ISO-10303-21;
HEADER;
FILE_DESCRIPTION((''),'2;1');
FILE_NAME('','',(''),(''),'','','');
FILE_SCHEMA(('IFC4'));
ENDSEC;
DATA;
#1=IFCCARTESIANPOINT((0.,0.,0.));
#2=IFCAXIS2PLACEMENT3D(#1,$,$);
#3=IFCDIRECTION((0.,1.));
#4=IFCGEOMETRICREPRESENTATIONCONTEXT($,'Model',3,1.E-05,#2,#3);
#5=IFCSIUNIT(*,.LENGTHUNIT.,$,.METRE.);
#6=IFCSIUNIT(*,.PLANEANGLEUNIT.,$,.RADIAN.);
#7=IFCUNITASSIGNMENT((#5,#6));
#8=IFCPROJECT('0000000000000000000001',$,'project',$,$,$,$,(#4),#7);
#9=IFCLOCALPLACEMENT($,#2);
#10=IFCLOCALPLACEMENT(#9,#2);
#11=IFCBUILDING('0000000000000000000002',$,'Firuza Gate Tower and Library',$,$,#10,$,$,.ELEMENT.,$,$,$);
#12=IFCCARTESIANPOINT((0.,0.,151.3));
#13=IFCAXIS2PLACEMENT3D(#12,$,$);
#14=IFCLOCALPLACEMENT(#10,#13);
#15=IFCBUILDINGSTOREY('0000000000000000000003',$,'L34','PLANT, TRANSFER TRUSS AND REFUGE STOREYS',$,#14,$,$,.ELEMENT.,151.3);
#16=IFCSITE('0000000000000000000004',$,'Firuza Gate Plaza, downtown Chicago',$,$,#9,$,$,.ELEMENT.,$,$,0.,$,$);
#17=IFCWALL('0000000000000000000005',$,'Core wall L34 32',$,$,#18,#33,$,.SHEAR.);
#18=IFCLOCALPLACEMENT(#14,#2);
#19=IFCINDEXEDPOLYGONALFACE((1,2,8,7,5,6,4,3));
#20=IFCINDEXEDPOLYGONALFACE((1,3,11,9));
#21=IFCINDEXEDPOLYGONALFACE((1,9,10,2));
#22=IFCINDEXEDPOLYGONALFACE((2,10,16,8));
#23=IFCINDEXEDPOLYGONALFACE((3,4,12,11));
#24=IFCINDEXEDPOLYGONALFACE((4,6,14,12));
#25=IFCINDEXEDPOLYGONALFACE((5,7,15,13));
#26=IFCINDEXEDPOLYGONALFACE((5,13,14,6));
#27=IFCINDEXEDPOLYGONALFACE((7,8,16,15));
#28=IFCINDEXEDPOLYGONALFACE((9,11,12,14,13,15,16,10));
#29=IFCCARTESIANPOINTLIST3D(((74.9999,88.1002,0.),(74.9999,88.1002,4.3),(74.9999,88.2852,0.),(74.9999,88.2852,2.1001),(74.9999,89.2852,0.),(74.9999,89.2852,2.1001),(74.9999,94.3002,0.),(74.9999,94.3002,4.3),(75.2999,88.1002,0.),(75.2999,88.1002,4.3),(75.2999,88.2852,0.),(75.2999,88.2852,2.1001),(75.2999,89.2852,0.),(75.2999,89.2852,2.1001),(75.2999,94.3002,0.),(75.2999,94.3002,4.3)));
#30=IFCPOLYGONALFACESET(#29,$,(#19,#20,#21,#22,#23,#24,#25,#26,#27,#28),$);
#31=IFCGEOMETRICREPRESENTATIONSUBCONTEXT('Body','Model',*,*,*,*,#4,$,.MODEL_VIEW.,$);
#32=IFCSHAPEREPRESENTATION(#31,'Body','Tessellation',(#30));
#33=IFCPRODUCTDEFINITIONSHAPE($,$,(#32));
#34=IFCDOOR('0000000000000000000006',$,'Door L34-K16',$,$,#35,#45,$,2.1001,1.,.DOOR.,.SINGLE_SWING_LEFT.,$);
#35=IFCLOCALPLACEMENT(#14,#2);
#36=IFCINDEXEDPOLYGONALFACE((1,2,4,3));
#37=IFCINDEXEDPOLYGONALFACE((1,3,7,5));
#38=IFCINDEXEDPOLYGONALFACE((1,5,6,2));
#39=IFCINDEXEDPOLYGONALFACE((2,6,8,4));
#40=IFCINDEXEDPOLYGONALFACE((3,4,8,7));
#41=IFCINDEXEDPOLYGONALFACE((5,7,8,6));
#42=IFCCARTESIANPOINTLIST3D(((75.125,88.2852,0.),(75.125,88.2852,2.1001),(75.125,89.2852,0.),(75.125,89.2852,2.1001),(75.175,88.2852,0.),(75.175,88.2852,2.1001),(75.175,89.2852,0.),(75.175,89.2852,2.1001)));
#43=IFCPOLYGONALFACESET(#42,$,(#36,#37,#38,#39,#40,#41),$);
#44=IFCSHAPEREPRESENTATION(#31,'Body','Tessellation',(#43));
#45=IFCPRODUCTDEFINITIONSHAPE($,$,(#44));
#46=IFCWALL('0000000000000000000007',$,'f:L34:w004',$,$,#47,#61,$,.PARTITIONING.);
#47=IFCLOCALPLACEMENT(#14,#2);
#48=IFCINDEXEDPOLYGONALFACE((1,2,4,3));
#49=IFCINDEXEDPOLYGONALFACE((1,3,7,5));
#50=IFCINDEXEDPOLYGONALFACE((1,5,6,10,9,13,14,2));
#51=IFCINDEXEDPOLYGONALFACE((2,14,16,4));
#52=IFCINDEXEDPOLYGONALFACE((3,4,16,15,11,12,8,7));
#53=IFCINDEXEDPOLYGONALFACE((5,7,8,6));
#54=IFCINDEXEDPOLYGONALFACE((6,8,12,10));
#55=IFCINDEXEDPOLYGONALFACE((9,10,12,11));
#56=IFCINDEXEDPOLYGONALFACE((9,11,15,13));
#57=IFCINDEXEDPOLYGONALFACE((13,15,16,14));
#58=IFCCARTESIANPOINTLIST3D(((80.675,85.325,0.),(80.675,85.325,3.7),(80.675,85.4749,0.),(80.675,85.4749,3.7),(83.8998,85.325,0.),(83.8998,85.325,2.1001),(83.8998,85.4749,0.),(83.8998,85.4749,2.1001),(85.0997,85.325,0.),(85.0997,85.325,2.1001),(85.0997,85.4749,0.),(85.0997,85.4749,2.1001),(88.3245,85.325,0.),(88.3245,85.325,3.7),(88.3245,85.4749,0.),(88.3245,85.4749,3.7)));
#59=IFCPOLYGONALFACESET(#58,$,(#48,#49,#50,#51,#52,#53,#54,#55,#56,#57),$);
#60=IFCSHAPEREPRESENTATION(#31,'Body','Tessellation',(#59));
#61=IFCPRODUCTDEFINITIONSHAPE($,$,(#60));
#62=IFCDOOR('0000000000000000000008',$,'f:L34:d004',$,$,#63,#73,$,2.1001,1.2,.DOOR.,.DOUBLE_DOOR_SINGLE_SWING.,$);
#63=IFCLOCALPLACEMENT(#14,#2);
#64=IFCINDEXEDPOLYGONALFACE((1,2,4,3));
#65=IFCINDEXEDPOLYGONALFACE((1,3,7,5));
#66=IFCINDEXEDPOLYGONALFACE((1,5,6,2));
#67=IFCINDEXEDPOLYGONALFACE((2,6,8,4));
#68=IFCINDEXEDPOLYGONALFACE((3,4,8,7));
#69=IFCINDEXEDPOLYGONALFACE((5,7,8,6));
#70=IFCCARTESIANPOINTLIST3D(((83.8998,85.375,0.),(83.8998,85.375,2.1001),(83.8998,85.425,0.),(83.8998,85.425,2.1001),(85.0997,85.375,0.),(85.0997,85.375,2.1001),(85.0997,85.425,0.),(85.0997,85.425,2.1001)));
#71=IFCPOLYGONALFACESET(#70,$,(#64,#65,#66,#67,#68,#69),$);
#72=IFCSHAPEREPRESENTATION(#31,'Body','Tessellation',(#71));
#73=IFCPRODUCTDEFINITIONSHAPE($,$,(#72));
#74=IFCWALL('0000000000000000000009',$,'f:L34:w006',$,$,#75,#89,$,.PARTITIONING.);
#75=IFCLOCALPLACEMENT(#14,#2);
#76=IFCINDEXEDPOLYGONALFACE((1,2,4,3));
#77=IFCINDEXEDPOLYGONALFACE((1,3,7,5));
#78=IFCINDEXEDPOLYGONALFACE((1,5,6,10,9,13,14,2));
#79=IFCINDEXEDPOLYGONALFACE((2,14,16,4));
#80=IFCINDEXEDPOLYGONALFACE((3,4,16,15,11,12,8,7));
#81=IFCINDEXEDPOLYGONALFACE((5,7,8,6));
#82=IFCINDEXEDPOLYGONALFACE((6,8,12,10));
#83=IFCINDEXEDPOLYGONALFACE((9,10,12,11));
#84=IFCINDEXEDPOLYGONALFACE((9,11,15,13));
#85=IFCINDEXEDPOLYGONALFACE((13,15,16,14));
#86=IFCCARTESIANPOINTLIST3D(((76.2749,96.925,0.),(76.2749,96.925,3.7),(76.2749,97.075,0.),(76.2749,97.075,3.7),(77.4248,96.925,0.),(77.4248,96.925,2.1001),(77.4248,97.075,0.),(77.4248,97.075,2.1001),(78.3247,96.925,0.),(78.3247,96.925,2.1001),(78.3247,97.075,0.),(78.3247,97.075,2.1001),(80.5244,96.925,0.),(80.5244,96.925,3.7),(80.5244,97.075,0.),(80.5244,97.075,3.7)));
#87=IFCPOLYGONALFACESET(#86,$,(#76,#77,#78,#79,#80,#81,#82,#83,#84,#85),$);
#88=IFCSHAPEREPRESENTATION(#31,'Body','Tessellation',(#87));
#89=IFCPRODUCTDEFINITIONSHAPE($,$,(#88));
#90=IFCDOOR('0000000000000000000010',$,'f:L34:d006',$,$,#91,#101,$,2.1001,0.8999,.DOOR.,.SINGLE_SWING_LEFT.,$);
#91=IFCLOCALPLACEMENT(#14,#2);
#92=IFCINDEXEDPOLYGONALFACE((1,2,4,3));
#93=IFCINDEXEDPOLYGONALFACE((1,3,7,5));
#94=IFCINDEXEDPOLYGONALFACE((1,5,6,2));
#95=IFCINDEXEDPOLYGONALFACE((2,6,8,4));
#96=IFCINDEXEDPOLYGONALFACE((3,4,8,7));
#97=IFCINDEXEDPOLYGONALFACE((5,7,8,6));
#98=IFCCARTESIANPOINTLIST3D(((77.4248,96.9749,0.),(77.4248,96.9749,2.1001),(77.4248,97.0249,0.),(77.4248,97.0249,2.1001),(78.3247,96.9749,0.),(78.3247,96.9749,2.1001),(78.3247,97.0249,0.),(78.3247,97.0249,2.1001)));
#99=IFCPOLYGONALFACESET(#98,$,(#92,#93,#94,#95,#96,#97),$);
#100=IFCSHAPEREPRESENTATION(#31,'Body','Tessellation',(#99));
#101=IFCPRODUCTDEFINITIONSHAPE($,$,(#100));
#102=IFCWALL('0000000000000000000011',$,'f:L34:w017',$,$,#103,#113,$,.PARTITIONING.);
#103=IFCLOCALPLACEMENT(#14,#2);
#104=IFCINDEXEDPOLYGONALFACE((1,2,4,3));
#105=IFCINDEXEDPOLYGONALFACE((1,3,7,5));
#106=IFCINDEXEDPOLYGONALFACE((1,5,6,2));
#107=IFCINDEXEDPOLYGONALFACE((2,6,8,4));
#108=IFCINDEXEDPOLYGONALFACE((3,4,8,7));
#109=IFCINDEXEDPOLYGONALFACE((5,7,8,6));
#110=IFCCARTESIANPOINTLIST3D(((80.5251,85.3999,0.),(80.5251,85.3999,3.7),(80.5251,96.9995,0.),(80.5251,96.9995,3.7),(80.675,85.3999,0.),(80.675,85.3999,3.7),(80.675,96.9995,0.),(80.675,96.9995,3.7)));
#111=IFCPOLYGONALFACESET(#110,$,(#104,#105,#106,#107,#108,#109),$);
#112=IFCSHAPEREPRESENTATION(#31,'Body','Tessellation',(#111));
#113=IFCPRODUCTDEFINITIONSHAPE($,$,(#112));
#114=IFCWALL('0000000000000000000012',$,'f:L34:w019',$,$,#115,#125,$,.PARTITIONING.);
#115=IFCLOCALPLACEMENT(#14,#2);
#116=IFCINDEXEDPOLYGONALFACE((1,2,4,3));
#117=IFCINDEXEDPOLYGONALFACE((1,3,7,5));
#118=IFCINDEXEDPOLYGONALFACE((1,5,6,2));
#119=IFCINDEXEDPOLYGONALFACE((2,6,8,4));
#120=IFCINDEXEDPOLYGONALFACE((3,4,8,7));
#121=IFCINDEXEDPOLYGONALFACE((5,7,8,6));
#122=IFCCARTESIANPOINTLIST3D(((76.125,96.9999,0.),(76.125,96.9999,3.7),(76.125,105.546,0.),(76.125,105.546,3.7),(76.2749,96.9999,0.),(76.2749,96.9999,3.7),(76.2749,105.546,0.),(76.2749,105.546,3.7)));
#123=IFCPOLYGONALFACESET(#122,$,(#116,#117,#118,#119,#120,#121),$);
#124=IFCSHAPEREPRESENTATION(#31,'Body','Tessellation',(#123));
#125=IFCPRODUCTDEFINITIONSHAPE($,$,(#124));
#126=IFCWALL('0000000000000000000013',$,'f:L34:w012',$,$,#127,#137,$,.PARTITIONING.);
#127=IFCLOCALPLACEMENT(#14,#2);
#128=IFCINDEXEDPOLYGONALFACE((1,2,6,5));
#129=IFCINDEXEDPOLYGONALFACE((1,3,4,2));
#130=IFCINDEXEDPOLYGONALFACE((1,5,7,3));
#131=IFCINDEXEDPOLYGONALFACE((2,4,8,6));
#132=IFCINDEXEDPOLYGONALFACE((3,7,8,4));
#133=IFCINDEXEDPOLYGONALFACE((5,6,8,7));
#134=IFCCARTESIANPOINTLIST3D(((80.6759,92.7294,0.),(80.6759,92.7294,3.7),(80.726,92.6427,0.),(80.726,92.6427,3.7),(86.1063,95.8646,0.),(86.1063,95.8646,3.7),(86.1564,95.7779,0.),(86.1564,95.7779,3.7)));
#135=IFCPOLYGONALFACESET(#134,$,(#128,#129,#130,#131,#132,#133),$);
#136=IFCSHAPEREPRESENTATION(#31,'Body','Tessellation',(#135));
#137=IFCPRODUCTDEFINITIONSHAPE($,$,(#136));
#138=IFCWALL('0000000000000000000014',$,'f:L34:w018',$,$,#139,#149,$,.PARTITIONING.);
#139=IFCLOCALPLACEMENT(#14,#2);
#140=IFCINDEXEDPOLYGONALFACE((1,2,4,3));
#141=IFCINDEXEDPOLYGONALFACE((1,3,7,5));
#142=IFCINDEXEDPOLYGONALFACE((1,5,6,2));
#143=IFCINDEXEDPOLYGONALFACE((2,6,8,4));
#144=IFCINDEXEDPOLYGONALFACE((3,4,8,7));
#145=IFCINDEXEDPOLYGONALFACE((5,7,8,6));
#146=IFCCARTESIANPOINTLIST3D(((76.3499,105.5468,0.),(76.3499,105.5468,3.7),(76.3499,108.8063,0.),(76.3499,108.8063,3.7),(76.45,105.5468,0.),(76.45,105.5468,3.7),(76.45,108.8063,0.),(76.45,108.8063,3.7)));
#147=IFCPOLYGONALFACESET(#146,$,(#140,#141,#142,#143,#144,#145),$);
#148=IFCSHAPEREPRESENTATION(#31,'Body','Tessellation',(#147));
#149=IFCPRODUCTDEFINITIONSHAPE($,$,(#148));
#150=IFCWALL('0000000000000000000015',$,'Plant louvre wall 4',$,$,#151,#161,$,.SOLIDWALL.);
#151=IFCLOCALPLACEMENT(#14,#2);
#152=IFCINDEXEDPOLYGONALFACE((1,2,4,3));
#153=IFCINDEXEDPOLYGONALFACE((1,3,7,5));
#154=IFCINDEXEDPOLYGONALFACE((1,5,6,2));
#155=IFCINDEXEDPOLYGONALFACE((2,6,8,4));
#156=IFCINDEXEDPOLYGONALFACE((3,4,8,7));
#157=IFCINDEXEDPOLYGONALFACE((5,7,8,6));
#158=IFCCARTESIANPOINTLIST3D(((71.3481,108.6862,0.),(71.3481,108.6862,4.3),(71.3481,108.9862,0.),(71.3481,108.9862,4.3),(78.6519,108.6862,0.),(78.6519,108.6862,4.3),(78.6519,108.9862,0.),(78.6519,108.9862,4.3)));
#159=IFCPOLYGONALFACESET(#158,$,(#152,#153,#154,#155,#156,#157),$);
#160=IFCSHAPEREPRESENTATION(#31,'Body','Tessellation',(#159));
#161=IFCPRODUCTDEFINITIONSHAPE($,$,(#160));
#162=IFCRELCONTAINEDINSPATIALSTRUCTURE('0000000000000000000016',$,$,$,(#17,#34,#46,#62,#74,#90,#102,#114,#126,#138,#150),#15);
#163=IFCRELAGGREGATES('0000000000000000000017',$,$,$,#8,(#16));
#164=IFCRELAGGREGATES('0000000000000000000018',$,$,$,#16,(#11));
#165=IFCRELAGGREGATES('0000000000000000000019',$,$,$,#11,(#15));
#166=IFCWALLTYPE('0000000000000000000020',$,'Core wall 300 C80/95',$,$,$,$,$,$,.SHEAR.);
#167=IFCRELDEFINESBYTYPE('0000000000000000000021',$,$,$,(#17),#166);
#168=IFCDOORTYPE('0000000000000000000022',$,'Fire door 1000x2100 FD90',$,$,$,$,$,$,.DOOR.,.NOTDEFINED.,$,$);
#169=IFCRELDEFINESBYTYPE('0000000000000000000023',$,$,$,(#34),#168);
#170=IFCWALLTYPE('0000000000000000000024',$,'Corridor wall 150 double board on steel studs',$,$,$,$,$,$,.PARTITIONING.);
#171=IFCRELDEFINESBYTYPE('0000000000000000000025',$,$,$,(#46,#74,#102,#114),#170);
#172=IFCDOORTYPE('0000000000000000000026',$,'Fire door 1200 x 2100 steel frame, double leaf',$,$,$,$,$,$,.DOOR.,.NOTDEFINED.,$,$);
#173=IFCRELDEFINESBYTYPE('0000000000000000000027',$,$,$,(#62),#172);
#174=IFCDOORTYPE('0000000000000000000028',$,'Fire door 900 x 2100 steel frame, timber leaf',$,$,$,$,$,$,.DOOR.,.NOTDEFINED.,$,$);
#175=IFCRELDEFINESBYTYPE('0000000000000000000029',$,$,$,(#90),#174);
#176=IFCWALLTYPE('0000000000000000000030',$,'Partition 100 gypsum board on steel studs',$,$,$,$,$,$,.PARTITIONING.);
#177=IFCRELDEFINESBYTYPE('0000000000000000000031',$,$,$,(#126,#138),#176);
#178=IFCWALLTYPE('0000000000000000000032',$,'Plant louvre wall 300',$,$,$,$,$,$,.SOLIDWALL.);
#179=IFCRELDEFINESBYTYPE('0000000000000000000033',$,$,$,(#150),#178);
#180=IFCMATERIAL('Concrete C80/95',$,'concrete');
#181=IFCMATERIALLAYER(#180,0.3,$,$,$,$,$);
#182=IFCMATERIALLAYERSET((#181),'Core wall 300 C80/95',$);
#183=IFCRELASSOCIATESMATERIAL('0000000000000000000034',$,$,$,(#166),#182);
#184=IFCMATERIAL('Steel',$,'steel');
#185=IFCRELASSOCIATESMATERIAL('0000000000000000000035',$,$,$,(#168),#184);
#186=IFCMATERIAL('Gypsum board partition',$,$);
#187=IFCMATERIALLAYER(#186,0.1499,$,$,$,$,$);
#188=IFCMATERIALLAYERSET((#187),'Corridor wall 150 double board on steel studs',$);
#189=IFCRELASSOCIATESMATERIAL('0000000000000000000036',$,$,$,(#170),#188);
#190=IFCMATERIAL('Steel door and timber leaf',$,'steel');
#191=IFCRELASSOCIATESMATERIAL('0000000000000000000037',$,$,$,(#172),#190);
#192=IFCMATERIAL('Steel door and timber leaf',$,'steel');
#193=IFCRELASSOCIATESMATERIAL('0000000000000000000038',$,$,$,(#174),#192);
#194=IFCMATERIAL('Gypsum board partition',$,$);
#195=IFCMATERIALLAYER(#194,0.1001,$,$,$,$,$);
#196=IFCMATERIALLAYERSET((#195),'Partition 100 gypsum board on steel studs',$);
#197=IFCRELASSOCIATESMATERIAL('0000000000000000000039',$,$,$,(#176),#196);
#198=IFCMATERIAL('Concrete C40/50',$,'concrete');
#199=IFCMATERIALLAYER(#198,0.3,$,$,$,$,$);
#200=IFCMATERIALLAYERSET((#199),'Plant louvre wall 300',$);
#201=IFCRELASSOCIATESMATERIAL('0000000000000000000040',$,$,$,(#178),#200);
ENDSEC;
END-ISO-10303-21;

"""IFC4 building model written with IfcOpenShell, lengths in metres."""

from ifc_helpers import new_model, si_unit, direction, frame, frame_2d, origin, place, context, subcontext, project, spatial, rectangle, extrude, material, layer, layer_set, type_object, element, fill, save


model = new_model("IFC4")

# Units and contexts
model_context = context("Model", 3, precision=1e-05, world=origin(), true_north=direction((0.0, 1.0)))
body_context = subcontext(model_context, "Body", "Model", "MODEL_VIEW")
ifc_project = project(units=[si_unit("LENGTHUNIT", "METRE"), si_unit("PLANEANGLEUNIT", "RADIAN")], contexts=[model_context])

# Site, building, storey
site_placement = place(None, origin())
site = spatial("IfcSite", under=ifc_project, at=site_placement, Name="Firuza Gate Plaza, downtown Chicago", CompositionType="ELEMENT", RefElevation=0.0)
building_placement = place(site_placement, origin())
building = spatial("IfcBuilding", under=site, at=building_placement, Name="Firuza Gate Tower and Library", CompositionType="ELEMENT")
storey_placement = place(building_placement, frame((0.0, 0.0, 151.3)))
storey = spatial("IfcBuildingStorey", under=building, at=storey_placement, Name="L34", Description="PLANT, TRANSFER TRUSS AND REFUGE STOREYS", CompositionType="ELEMENT", Elevation=151.3)

# Shared definitions
ifc_material_1 = material(Name="Concrete C80/95", Category="concrete")
ifc_layer_1 = layer(ifc_material_1, 0.3)
ifc_layer_set_1 = layer_set([ifc_layer_1], Name="Core wall 300 C80/95")
wall_type_1 = type_object("IfcWallType", Name="Core wall 300 C80/95", PredefinedType="SHEAR", material=ifc_layer_set_1)

# Walls, openings, doors
wall_1_placement = place(storey_placement, frame((75.1499, 88.1001, 0.0), z_axis=(0.0, 0.0, 1.0), x_axis=(0.0, 1.0, 0.0)))
wall_1 = element("IfcWall", 1, at=wall_1_placement, inside=storey, type_object=wall_type_1, Name="Core wall L34 32", PredefinedType="SHEAR", context=body_context, shape_type="SweptSolid", body=[
    extrude(rectangle(XDim=6.2, YDim=0.3, at=frame_2d((3.1001, 0.0))), origin(), (0.0, 0.0, 1.0), 4.3),
])
opening_1_placement = place(wall_1_placement, frame((0.1851, 0.0, 0.0)))
opening_1 = element("IfcOpeningElement", 2, at=opening_1_placement, cuts=wall_1, PredefinedType="OPENING", context=body_context, shape_type="SweptSolid", body=[
    extrude(rectangle(XDim=1.0, YDim=2.1001, at=frame_2d((0.5, 1.05))), frame((0.0, 0.1602, 0.0), z_axis=(0.0, -1.0, 0.0), x_axis=(1.0, 0.0, 0.0)), (0.0, 0.0, 1.0), 0.3201),
])
ifc_material_2 = material(Name="Steel", Category="steel")
door_type_1 = type_object("IfcDoorType", Name="Fire door 1000x2100 FD90", OperationType="NOTDEFINED", PredefinedType="DOOR", material=ifc_material_2)
door_1_placement = place(opening_1_placement, origin())
door_1 = element("IfcDoor", 3, at=door_1_placement, inside=storey, type_object=door_type_1, Name="Door L34-K16", OperationType="SINGLE_SWING_LEFT", OverallHeight=2.1001, OverallWidth=1.0, PredefinedType="DOOR", context=body_context, shape_type="SweptSolid", body=[
    extrude(rectangle(XDim=1.0, YDim=2.1001, at=frame_2d((0.5, 1.05))), frame((0.0, 0.0249, 0.0), z_axis=(0.0, -1.0, 0.0), x_axis=(1.0, 0.0, 0.0)), (0.0, 0.0, 1.0), 0.05),
])
fill(opening_1, door_1)
ifc_material_3 = material(Name="Gypsum board partition")
ifc_layer_2 = layer(ifc_material_3, 0.1499)
ifc_layer_set_2 = layer_set([ifc_layer_2], Name="Corridor wall 150 double board on steel studs")
wall_type_2 = type_object("IfcWallType", Name="Corridor wall 150 double board on steel studs", PredefinedType="PARTITIONING", material=ifc_layer_set_2)
wall_2_placement = place(storey_placement, frame((88.3245, 85.3999, 0.0), z_axis=(0.0, 0.0, 1.0), x_axis=(-1.0, 0.0, 0.0)))
wall_2 = element("IfcWall", 4, at=wall_2_placement, inside=storey, type_object=wall_type_2, Name="f:L34:w004", PredefinedType="PARTITIONING", context=body_context, shape_type="SweptSolid", body=[
    extrude(rectangle(XDim=7.6494, YDim=0.1499, at=frame_2d((3.8247, 0.0))), origin(), (0.0, 0.0, 1.0), 3.7),
])
opening_2_placement = place(wall_2_placement, frame((3.2246, 0.0, 0.0)))
opening_2 = element("IfcOpeningElement", 5, at=opening_2_placement, cuts=wall_2, PredefinedType="OPENING", context=body_context, shape_type="SweptSolid", body=[
    extrude(rectangle(XDim=1.2, YDim=2.1001, at=frame_2d((0.6001, 1.05))), frame((0.0, 0.085, 0.0), z_axis=(0.0, -1.0, 0.0), x_axis=(1.0, 0.0, 0.0)), (0.0, 0.0, 1.0), 0.1699),
])
ifc_material_4 = material(Name="Steel door and timber leaf", Category="steel")
door_type_2 = type_object("IfcDoorType", Name="Fire door 1200 x 2100 steel frame, double leaf", OperationType="NOTDEFINED", PredefinedType="DOOR", material=ifc_material_4)
door_2_placement = place(opening_2_placement, origin())
door_2 = element("IfcDoor", 6, at=door_2_placement, inside=storey, type_object=door_type_2, Name="f:L34:d004", OperationType="DOUBLE_DOOR_SINGLE_SWING", OverallHeight=2.1001, OverallWidth=1.2, PredefinedType="DOOR", context=body_context, shape_type="SweptSolid", body=[
    extrude(rectangle(XDim=1.2, YDim=2.1001, at=frame_2d((0.6001, 1.05))), frame((0.0, 0.0249, 0.0), z_axis=(0.0, -1.0, 0.0), x_axis=(1.0, 0.0, 0.0)), (0.0, 0.0, 1.0), 0.05),
])
fill(opening_2, door_2)
wall_3_placement = place(storey_placement, frame((76.2749, 97.0, 0.0), z_axis=(0.0, 0.0, 1.0), x_axis=(1.0, 0.0, 0.0)))
wall_3 = element("IfcWall", 7, at=wall_3_placement, inside=storey, type_object=wall_type_2, Name="f:L34:w006", PredefinedType="PARTITIONING", context=body_context, shape_type="SweptSolid", body=[
    extrude(rectangle(XDim=4.2495, YDim=0.1499, at=frame_2d((2.1248, 0.0))), origin(), (0.0, 0.0, 1.0), 3.7),
])
opening_3_placement = place(wall_3_placement, frame((1.1499, 0.0, 0.0)))
opening_3 = element("IfcOpeningElement", 8, at=opening_3_placement, cuts=wall_3, PredefinedType="OPENING", context=body_context, shape_type="SweptSolid", body=[
    extrude(rectangle(XDim=0.8999, YDim=2.1001, at=frame_2d((0.45, 1.05))), frame((0.0, 0.085, 0.0), z_axis=(0.0, -1.0, 0.0), x_axis=(1.0, 0.0, 0.0)), (0.0, 0.0, 1.0), 0.1699),
])
ifc_material_5 = material(Name="Steel door and timber leaf", Category="steel")
door_type_3 = type_object("IfcDoorType", Name="Fire door 900 x 2100 steel frame, timber leaf", OperationType="NOTDEFINED", PredefinedType="DOOR", material=ifc_material_5)
door_3_placement = place(opening_3_placement, origin())
door_3 = element("IfcDoor", 9, at=door_3_placement, inside=storey, type_object=door_type_3, Name="f:L34:d006", OperationType="SINGLE_SWING_LEFT", OverallHeight=2.1001, OverallWidth=0.8999, PredefinedType="DOOR", context=body_context, shape_type="SweptSolid", body=[
    extrude(rectangle(XDim=0.8999, YDim=2.1001, at=frame_2d((0.45, 1.05))), frame((0.0, 0.0249, 0.0), z_axis=(0.0, -1.0, 0.0), x_axis=(1.0, 0.0, 0.0)), (0.0, 0.0, 1.0), 0.05),
])
fill(opening_3, door_3)

# Walls
wall_4_placement = place(storey_placement, frame((80.6001, 85.3999, 0.0), z_axis=(0.0, 0.0, 1.0), x_axis=(0.0, 1.0, 0.0)))
element("IfcWall", 10, at=wall_4_placement, inside=storey, type_object=wall_type_2, Name="f:L34:w017", PredefinedType="PARTITIONING", context=body_context, shape_type="SweptSolid", body=[
    extrude(rectangle(XDim=11.5996, YDim=0.1499, at=frame_2d((5.7998, 0.0))), origin(), (0.0, 0.0, 1.0), 3.7),
])
wall_5_placement = place(storey_placement, frame((76.2, 97.0, 0.0), z_axis=(0.0, 0.0, 1.0), x_axis=(0.0, 1.0, 0.0)))
element("IfcWall", 11, at=wall_5_placement, inside=storey, type_object=wall_type_2, Name="f:L34:w019", PredefinedType="PARTITIONING", context=body_context, shape_type="SweptSolid", body=[
    extrude(rectangle(XDim=8.5461, YDim=0.1499, at=frame_2d((4.2729, 0.0))), origin(), (0.0, 0.0, 1.0), 3.7),
])
ifc_material_6 = material(Name="Gypsum board partition")
ifc_layer_3 = layer(ifc_material_6, 0.1001)
ifc_layer_set_3 = layer_set([ifc_layer_3], Name="Partition 100 gypsum board on steel studs")
wall_type_3 = type_object("IfcWallType", Name="Partition 100 gypsum board on steel studs", PredefinedType="PARTITIONING", material=ifc_layer_set_3)
wall_6_placement = place(storey_placement, frame((80.7009, 92.686, 0.0), z_axis=(0.0, 0.0, 1.0), x_axis=(0.866025, 0.5, 0.0)))
element("IfcWall", 12, at=wall_6_placement, inside=storey, type_object=wall_type_3, Name="f:L34:w012", PredefinedType="PARTITIONING", context=body_context, shape_type="SweptSolid", body=[
    extrude(rectangle(XDim=6.2705, YDim=0.1001, at=frame_2d((3.1353, 0.0))), origin(), (0.0, 0.0, 1.0), 3.7),
])
wall_7_placement = place(storey_placement, frame((76.3999, 105.5466, 0.0), z_axis=(0.0, 0.0, 1.0), x_axis=(0.0, 1.0, 0.0)))
element("IfcWall", 13, at=wall_7_placement, inside=storey, type_object=wall_type_3, Name="f:L34:w018", PredefinedType="PARTITIONING", context=body_context, shape_type="SweptSolid", body=[
    extrude(rectangle(XDim=3.2595, YDim=0.1001, at=frame_2d((1.6299, 0.0))), origin(), (0.0, 0.0, 1.0), 3.7),
])
ifc_material_7 = material(Name="Concrete C40/50", Category="concrete")
ifc_layer_4 = layer(ifc_material_7, 0.3)
ifc_layer_set_4 = layer_set([ifc_layer_4], Name="Plant louvre wall 300")
wall_type_4 = type_object("IfcWallType", Name="Plant louvre wall 300", PredefinedType="SOLIDWALL", material=ifc_layer_set_4)
wall_8_placement = place(storey_placement, frame((78.6519, 108.8362, 0.0), z_axis=(0.0, 0.0, 1.0), x_axis=(-1.0, 0.0, 0.0)))
element("IfcWall", 14, at=wall_8_placement, inside=storey, type_object=wall_type_4, Name="Plant louvre wall 4", PredefinedType="SOLIDWALL", context=body_context, shape_type="SweptSolid", body=[
    extrude(rectangle(XDim=7.3037, YDim=0.3, at=frame_2d((3.6519, 0.0))), origin(), (0.0, 0.0, 1.0), 4.3),
])

save(model, "model.ifc")
